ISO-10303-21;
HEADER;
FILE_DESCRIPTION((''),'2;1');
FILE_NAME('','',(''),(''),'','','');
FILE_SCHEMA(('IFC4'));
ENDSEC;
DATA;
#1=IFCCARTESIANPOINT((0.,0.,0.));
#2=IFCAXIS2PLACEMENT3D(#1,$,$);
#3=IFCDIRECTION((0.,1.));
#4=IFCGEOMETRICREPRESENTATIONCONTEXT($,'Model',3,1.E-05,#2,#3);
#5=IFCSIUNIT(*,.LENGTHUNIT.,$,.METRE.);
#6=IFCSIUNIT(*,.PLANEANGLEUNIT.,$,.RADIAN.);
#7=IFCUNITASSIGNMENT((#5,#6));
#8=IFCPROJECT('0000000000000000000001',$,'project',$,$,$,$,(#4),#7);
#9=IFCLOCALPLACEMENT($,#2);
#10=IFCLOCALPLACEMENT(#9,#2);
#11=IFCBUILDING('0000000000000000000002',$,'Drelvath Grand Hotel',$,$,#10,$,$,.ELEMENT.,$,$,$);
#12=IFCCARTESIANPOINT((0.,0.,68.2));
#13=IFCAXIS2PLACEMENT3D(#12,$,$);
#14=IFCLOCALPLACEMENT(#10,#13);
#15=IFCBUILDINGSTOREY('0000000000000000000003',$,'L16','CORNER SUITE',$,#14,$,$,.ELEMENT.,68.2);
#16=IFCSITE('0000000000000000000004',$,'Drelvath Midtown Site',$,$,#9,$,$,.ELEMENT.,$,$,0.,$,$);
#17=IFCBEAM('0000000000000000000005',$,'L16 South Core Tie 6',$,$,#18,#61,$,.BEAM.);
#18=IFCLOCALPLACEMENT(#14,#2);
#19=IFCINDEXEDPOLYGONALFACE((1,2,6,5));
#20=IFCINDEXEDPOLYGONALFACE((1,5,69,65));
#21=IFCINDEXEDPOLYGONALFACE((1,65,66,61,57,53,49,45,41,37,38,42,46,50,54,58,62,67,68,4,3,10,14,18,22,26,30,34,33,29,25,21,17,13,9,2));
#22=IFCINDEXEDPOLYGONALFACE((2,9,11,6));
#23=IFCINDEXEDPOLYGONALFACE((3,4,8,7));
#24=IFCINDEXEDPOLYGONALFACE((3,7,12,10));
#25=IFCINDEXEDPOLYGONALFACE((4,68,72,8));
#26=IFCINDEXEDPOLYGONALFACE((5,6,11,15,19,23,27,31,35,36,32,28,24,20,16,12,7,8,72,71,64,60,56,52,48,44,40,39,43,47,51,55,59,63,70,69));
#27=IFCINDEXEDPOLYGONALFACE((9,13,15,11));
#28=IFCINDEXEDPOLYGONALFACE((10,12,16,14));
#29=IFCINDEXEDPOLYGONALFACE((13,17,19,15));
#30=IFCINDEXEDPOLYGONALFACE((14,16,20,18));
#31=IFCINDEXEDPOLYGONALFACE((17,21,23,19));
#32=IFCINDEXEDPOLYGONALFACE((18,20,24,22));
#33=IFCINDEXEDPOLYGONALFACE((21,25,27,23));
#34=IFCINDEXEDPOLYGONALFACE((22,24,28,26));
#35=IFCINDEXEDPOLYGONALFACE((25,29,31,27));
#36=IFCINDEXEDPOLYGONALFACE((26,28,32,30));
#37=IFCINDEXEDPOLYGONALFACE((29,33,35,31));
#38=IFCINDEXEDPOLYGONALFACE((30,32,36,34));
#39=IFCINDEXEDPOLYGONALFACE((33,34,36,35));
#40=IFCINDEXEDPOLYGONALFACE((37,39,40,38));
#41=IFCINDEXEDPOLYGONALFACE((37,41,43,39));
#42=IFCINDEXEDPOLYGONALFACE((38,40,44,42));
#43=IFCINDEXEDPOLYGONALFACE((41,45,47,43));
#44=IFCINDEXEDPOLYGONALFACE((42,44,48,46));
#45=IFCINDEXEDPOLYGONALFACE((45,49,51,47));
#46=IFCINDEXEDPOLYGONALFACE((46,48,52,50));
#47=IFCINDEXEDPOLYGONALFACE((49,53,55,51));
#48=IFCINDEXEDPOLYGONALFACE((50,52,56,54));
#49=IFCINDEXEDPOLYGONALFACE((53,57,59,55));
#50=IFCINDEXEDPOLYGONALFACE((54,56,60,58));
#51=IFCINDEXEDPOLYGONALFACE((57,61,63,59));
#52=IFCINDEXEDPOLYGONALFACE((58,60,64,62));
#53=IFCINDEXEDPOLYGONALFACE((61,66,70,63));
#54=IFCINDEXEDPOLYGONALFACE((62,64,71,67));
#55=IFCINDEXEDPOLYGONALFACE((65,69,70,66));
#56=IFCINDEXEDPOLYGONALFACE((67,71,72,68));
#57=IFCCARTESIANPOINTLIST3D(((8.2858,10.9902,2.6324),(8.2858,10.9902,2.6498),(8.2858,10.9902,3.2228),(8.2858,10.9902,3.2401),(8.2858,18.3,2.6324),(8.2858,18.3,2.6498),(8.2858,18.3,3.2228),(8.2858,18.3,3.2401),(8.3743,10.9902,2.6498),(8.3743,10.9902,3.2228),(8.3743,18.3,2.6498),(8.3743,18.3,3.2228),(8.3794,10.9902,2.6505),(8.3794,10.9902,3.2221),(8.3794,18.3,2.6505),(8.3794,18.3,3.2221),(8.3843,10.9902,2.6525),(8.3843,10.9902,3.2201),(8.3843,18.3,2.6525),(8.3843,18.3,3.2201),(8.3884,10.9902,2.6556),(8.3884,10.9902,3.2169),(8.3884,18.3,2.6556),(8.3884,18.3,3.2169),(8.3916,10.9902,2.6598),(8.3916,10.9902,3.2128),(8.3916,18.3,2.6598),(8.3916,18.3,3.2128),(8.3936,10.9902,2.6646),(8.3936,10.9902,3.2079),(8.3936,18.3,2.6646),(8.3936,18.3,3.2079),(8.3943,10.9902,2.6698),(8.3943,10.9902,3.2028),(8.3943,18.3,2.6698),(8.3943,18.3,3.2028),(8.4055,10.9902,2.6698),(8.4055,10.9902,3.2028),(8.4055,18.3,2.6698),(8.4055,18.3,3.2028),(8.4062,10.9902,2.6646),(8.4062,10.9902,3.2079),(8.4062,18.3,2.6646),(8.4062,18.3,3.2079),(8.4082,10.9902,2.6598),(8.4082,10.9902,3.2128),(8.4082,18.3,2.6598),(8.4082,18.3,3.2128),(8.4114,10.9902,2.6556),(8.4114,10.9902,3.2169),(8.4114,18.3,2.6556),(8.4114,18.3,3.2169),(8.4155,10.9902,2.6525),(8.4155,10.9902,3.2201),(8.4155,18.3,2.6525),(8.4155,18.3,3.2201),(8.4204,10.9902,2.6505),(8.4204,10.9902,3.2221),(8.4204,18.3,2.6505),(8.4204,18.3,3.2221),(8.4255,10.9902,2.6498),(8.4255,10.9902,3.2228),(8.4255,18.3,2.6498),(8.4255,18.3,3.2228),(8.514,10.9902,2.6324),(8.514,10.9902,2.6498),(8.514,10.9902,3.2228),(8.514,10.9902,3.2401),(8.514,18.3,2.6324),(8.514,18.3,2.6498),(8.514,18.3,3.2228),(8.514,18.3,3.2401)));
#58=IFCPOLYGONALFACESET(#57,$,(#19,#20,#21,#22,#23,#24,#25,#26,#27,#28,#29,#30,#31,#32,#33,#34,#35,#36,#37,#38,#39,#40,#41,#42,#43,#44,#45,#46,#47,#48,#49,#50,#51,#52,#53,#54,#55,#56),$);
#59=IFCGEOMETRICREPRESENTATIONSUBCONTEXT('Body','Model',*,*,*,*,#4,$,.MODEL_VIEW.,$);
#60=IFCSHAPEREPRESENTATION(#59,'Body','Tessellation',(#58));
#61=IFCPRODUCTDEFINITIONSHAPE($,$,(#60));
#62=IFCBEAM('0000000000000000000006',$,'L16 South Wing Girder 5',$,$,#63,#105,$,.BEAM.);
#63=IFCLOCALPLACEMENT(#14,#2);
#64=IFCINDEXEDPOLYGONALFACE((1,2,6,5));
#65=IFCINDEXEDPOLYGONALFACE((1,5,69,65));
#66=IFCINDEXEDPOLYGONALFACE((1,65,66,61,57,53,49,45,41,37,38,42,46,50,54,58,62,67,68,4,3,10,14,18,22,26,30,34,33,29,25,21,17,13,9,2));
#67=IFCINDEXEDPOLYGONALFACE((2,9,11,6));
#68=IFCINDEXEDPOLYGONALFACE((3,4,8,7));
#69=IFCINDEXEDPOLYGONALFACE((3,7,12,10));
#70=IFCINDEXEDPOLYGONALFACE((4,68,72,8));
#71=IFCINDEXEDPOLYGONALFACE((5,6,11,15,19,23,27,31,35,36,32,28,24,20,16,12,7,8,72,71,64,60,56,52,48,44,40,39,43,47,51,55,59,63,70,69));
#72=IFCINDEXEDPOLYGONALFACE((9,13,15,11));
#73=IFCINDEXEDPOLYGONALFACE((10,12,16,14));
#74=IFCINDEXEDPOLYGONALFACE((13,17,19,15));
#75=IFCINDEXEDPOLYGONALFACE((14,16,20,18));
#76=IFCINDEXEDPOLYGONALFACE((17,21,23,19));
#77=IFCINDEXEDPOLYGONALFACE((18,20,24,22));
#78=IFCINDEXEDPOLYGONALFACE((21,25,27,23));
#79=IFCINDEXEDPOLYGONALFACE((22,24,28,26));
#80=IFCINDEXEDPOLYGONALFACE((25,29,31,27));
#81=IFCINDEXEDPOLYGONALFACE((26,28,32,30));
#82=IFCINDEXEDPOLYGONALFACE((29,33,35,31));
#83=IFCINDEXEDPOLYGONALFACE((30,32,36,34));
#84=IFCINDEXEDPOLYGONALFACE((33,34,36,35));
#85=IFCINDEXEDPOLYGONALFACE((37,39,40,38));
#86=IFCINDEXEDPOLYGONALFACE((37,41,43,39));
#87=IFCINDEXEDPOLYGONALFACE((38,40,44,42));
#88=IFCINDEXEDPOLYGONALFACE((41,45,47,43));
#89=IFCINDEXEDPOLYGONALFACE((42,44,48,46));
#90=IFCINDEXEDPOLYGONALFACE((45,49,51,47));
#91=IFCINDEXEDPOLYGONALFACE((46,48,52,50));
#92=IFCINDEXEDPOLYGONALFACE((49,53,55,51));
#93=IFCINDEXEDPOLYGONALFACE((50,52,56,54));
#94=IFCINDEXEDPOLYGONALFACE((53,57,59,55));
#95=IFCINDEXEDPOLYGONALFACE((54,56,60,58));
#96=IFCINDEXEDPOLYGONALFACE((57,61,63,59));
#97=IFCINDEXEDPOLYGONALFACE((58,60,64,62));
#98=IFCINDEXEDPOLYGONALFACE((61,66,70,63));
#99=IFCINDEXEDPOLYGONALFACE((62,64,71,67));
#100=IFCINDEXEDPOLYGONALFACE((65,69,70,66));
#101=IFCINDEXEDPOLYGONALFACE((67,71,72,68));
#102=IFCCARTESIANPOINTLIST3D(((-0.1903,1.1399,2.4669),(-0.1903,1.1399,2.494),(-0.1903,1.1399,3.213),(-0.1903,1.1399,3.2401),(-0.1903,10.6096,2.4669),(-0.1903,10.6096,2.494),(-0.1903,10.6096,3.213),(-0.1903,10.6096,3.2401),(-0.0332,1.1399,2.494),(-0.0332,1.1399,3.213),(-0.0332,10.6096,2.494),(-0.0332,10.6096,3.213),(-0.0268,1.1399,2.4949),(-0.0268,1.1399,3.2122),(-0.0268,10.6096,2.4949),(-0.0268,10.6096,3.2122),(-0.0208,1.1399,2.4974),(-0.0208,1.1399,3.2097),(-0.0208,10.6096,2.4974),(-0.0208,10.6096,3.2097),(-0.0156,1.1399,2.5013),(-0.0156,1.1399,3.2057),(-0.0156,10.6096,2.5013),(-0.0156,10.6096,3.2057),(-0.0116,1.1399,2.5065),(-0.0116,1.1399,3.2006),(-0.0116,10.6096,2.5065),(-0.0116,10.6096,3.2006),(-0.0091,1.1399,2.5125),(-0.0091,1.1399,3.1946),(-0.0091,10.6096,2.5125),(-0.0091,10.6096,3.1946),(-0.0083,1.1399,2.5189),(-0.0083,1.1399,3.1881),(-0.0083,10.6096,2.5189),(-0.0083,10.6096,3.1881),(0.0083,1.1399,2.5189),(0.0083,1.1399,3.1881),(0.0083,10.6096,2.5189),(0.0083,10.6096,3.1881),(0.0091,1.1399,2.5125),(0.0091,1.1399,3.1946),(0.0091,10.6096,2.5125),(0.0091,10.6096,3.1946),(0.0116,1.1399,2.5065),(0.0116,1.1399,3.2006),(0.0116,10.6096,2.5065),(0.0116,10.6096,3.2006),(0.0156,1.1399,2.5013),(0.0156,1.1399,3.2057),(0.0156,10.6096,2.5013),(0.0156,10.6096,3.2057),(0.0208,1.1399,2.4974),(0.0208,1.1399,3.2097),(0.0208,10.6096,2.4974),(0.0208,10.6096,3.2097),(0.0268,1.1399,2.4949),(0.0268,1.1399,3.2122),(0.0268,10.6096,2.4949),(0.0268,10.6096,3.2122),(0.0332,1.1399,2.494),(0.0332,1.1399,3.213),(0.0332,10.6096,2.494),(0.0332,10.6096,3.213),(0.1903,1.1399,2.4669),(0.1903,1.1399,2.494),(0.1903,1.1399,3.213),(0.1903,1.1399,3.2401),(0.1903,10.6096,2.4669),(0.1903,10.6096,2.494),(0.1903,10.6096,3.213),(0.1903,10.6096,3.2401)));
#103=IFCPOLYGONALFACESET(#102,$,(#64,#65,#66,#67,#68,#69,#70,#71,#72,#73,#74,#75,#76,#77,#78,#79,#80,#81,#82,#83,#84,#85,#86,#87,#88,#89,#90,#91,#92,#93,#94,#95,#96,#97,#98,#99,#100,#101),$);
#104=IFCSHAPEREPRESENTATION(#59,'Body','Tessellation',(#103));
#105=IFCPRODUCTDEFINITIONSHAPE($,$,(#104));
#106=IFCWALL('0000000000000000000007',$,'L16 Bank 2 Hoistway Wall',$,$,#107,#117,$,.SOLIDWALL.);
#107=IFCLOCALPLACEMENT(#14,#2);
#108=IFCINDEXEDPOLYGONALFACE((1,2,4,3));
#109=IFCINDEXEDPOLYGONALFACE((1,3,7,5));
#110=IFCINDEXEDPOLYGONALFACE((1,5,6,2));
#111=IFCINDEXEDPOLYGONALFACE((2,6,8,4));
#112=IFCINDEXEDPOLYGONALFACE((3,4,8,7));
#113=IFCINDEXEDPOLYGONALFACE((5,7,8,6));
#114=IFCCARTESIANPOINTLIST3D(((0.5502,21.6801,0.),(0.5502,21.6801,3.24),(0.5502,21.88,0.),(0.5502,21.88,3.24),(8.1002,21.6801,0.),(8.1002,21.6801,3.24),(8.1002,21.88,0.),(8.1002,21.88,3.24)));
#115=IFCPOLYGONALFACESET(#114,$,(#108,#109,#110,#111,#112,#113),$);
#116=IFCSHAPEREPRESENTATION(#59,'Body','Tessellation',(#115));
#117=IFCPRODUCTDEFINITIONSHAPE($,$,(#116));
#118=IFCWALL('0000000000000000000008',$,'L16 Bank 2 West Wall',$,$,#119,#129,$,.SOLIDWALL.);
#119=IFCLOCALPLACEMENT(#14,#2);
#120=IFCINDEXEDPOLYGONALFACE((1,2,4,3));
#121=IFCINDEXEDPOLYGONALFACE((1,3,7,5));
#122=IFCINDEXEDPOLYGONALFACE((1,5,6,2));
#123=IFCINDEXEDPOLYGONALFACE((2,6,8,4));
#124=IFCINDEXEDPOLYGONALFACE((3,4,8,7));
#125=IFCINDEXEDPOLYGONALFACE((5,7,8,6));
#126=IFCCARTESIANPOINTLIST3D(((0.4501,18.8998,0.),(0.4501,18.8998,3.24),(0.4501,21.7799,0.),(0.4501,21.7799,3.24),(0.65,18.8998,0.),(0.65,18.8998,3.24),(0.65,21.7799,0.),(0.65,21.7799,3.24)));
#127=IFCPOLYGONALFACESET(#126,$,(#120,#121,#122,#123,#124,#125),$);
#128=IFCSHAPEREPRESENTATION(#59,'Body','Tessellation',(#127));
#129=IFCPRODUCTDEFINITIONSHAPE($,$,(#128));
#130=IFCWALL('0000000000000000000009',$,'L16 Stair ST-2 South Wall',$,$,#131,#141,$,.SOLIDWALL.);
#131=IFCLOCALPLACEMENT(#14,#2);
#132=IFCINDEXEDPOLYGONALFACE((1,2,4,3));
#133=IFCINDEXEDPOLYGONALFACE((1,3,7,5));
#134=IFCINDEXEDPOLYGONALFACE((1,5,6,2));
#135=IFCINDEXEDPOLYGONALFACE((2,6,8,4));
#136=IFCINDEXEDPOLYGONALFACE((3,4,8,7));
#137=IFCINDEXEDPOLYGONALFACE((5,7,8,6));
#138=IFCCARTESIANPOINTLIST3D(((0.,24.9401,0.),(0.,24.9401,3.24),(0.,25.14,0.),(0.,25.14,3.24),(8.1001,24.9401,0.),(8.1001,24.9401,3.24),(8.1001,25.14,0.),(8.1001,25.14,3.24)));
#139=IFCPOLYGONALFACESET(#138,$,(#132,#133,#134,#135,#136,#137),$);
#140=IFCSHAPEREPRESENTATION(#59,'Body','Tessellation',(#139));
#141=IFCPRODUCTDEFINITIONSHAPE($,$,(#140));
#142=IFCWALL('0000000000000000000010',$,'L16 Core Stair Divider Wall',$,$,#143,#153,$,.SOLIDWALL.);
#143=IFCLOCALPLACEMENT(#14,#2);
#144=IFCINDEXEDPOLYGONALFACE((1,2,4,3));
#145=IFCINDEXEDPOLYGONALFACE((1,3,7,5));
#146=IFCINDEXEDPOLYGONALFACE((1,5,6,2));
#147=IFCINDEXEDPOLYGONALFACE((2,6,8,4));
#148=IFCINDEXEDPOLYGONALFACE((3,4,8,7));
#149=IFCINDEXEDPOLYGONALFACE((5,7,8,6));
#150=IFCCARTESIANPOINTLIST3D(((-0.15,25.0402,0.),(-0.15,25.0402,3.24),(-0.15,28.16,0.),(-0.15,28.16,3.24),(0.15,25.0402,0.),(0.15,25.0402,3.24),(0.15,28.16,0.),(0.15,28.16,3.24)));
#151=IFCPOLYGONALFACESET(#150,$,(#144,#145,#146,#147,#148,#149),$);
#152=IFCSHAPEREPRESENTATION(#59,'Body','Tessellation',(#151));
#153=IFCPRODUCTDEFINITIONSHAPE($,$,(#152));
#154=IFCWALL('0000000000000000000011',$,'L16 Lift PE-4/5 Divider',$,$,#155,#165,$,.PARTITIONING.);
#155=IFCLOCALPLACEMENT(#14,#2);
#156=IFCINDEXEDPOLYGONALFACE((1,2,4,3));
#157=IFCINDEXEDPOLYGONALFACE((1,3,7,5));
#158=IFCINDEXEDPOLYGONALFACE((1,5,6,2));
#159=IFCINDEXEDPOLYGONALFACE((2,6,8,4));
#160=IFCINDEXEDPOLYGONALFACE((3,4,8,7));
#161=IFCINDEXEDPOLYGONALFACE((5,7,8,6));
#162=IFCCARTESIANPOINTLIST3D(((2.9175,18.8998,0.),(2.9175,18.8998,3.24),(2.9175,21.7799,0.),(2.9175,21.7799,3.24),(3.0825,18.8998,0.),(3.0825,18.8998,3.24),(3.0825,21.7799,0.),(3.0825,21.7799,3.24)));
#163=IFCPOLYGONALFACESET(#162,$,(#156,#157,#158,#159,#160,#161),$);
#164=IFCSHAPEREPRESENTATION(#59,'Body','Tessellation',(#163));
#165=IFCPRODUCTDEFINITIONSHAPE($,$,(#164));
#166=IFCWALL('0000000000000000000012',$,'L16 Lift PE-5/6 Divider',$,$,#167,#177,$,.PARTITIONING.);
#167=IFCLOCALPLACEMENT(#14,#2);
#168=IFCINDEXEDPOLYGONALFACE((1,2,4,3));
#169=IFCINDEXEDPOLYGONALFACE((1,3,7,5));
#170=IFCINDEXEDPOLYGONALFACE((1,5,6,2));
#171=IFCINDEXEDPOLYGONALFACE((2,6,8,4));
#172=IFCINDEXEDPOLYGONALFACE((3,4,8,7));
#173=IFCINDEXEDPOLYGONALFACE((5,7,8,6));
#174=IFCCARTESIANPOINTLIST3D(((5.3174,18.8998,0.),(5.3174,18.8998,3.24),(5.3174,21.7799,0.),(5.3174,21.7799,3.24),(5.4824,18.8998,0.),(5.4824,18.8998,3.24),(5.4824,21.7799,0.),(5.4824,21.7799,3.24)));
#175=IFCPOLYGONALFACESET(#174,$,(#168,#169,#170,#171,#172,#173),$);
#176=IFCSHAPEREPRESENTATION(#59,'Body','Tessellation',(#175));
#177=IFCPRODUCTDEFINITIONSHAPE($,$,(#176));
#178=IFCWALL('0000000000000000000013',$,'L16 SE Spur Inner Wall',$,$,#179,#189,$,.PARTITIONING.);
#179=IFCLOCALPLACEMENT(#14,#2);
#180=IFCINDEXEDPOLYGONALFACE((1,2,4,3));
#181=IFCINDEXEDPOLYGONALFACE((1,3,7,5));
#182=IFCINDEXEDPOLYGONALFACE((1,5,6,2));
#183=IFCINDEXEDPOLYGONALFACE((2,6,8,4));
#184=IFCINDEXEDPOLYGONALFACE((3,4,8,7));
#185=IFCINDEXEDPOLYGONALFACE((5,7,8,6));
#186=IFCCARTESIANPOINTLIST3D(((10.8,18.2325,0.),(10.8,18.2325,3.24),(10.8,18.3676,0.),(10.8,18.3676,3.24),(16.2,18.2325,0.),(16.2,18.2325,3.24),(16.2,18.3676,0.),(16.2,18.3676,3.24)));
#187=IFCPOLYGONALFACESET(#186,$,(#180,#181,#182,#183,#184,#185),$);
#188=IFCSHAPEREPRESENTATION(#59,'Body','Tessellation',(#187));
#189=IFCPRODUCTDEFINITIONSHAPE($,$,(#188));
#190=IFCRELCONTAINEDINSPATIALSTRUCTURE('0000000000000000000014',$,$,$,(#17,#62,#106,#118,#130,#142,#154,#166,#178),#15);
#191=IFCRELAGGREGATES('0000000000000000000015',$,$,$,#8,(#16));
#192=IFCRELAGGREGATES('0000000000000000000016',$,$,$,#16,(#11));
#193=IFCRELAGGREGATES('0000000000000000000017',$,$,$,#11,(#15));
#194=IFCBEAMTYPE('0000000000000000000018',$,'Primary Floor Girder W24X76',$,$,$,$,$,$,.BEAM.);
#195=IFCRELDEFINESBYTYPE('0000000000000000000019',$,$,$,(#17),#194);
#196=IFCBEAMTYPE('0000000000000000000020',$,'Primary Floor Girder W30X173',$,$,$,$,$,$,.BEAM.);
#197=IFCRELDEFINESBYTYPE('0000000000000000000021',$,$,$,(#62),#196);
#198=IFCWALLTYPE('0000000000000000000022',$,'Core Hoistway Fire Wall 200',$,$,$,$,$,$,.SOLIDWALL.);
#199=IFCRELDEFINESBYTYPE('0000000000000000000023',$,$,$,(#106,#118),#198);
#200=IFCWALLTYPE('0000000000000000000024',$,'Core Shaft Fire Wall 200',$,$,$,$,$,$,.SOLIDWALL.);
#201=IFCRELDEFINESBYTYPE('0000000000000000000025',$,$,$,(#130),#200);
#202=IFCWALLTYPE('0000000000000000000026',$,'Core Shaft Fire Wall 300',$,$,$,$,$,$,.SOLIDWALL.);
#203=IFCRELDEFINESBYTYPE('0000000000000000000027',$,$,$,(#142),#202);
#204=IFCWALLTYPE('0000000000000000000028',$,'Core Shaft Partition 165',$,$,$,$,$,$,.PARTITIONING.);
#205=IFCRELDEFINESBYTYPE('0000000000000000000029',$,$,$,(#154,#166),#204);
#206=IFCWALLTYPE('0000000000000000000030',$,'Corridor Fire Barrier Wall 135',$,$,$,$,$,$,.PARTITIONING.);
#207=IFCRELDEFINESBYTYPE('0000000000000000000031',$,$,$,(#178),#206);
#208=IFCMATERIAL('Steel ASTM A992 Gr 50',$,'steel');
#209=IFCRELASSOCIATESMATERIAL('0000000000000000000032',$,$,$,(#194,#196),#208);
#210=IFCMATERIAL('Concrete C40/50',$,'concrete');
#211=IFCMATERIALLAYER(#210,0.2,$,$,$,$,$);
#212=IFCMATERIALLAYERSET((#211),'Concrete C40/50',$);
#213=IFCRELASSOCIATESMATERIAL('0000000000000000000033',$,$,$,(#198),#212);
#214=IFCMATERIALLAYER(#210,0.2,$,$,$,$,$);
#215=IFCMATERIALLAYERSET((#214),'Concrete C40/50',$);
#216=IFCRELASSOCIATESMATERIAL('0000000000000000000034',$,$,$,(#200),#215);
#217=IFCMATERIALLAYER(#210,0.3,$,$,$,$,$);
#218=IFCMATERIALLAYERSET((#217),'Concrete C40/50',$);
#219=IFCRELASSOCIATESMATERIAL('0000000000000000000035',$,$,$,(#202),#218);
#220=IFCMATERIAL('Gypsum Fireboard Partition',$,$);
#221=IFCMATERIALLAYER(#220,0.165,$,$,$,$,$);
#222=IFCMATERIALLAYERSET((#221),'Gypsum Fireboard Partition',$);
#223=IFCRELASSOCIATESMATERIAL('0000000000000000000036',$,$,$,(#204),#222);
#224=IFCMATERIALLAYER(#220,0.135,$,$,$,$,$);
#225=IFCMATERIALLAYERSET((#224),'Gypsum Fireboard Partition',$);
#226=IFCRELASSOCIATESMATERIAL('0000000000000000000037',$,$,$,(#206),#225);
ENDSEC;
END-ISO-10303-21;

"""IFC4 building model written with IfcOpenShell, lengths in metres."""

from ifc_helpers import new_model, si_unit, direction, frame, frame_2d, origin, origin_2d, place, context, subcontext, project, spatial, rectangle, i_section, extrude, material, layer, layer_set, material_profile, profile_set, type_object, element, save


model = new_model("IFC4")

# Units and contexts
model_context = context("Model", 3, precision=1e-05, world=origin(), true_north=direction((0.0, 1.0)))
body_context = subcontext(model_context, "Body", "Model", "MODEL_VIEW")
ifc_project = project(units=[si_unit("LENGTHUNIT", "METRE"), si_unit("PLANEANGLEUNIT", "RADIAN")], contexts=[model_context])

# Site, building, storey
site_placement = place(None, origin())
site = spatial("IfcSite", under=ifc_project, at=site_placement, Name="Drelvath Midtown Site", CompositionType="ELEMENT", RefElevation=0.0)
building_placement = place(site_placement, origin())
building = spatial("IfcBuilding", under=site, at=building_placement, Name="Drelvath Grand Hotel", CompositionType="ELEMENT")
storey_placement = place(building_placement, frame((0.0, 0.0, 68.2)))
storey = spatial("IfcBuildingStorey", under=building, at=storey_placement, Name="L16", Description="CORNER SUITE", CompositionType="ELEMENT", Elevation=68.2)

# Beams
ifc_material_1 = material(Name="Steel ASTM A992 Gr 50", Category="steel")
ifc_material_profile_1 = material_profile(ifc_material_1, i_section(OverallWidth=0.2283, OverallDepth=0.6077, WebThickness=0.0112, FlangeThickness=0.0173, FilletRadius=0.02, at=origin_2d()), Name="W24X76")
ifc_profile_set_1 = profile_set([ifc_material_profile_1], Name="Steel ASTM A992 Gr 50")
beam_type_1 = type_object("IfcBeamType", Name="Primary Floor Girder W24X76", PredefinedType="BEAM", material=ifc_profile_set_1)
for number, where, z_axis, x_axis, name in (
    (1, (8.3999, 10.9902, 2.9363), (0.0, 1.0, 0.0), (-1.0, 0.0, 0.0), "L16 South Core Tie 6"),
):
    element("IfcBeam", number, at=place(storey_placement, frame(where, z_axis=z_axis, x_axis=x_axis)), inside=storey, type_object=beam_type_1, Name=name, PredefinedType="BEAM", context=body_context, shape_type="SweptSolid", body=[
        extrude(i_section(OverallWidth=0.2283, OverallDepth=0.6077, WebThickness=0.0112, FlangeThickness=0.0173, FilletRadius=0.02, at=origin_2d()), origin(), (0.0, 0.0, 1.0), 7.3098),
    ])
ifc_material_profile_2 = material_profile(ifc_material_1, i_section(OverallWidth=0.3806, OverallDepth=0.7732, WebThickness=0.0166, FlangeThickness=0.0271, FilletRadius=0.0249, at=origin_2d()), Name="W30X173")
ifc_profile_set_2 = profile_set([ifc_material_profile_2], Name="Steel ASTM A992 Gr 50")
beam_type_2 = type_object("IfcBeamType", Name="Primary Floor Girder W30X173", PredefinedType="BEAM", material=ifc_profile_set_2)
beam_1_placement = place(storey_placement, frame((0.0, 1.1399, 2.8535), z_axis=(0.0, 1.0, 0.0), x_axis=(-1.0, 0.0, 0.0)))
element("IfcBeam", 2, at=beam_1_placement, inside=storey, type_object=beam_type_2, Name="L16 South Wing Girder 5", PredefinedType="BEAM", context=body_context, shape_type="SweptSolid", body=[
    extrude(i_section(OverallWidth=0.3806, OverallDepth=0.7732, WebThickness=0.0166, FlangeThickness=0.0271, FilletRadius=0.0249, at=origin_2d()), origin(), (0.0, 0.0, 1.0), 9.4697),
])

# Walls
ifc_material_2 = material(Name="Concrete C40/50", Category="concrete")
ifc_layer_1 = layer(ifc_material_2, 0.2)
ifc_layer_set_1 = layer_set([ifc_layer_1], Name="Concrete C40/50")
wall_type_1 = type_object("IfcWallType", Name="Core Hoistway Fire Wall 200", PredefinedType="SOLIDWALL", material=ifc_layer_set_1)
wall_1_placement = place(storey_placement, frame((8.1001, 21.78, 0.0), z_axis=(0.0, 0.0, 1.0), x_axis=(-1.0, 0.0, 0.0)))
element("IfcWall", 3, at=wall_1_placement, inside=storey, type_object=wall_type_1, Name="L16 Bank 2 Hoistway Wall", PredefinedType="SOLIDWALL", context=body_context, shape_type="SweptSolid", body=[
    extrude(rectangle(XDim=7.55, YDim=0.2, at=frame_2d((3.7749, 0.0))), origin(), (0.0, 0.0, 1.0), 3.24),
])
wall_2_placement = place(storey_placement, frame((0.55, 18.8999, 0.0), z_axis=(0.0, 0.0, 1.0), x_axis=(0.0, 1.0, 0.0)))
element("IfcWall", 4, at=wall_2_placement, inside=storey, type_object=wall_type_1, Name="L16 Bank 2 West Wall", PredefinedType="SOLIDWALL", context=body_context, shape_type="SweptSolid", body=[
    extrude(rectangle(XDim=2.8801, YDim=0.2, at=frame_2d((1.4399, 0.0))), origin(), (0.0, 0.0, 1.0), 3.24),
])
ifc_layer_2 = layer(ifc_material_2, 0.2)
ifc_layer_set_2 = layer_set([ifc_layer_2], Name="Concrete C40/50")
wall_type_2 = type_object("IfcWallType", Name="Core Shaft Fire Wall 200", PredefinedType="SOLIDWALL", material=ifc_layer_set_2)
wall_3_placement = place(storey_placement, frame((0.0, 25.04, 0.0), z_axis=(0.0, 0.0, 1.0), x_axis=(1.0, 0.0, 0.0)))
element("IfcWall", 5, at=wall_3_placement, inside=storey, type_object=wall_type_2, Name="L16 Stair ST-2 South Wall", PredefinedType="SOLIDWALL", context=body_context, shape_type="SweptSolid", body=[
    extrude(rectangle(XDim=8.1001, YDim=0.2, at=frame_2d((4.05, 0.0))), origin(), (0.0, 0.0, 1.0), 3.24),
])
ifc_layer_3 = layer(ifc_material_2, 0.3)
ifc_layer_set_3 = layer_set([ifc_layer_3], Name="Concrete C40/50")
wall_type_3 = type_object("IfcWallType", Name="Core Shaft Fire Wall 300", PredefinedType="SOLIDWALL", material=ifc_layer_set_3)
wall_4_placement = place(storey_placement, frame((0.0, 25.04, 0.0), z_axis=(0.0, 0.0, 1.0), x_axis=(0.0, 1.0, 0.0)))
element("IfcWall", 6, at=wall_4_placement, inside=storey, type_object=wall_type_3, Name="L16 Core Stair Divider Wall", PredefinedType="SOLIDWALL", context=body_context, shape_type="SweptSolid", body=[
    extrude(rectangle(XDim=3.1199, YDim=0.3, at=frame_2d((1.5601, 0.0))), origin(), (0.0, 0.0, 1.0), 3.24),
])
ifc_material_3 = material(Name="Gypsum Fireboard Partition")
ifc_layer_4 = layer(ifc_material_3, 0.165)
ifc_layer_set_4 = layer_set([ifc_layer_4], Name="Gypsum Fireboard Partition")
wall_type_4 = type_object("IfcWallType", Name="Core Shaft Partition 165", PredefinedType="PARTITIONING", material=ifc_layer_set_4)
for number, where, z_axis, x_axis, name in (
    (7, (3.0, 18.8999, 0.0), (0.0, 0.0, 1.0), (0.0, 1.0, 0.0), "L16 Lift PE-4/5 Divider"),
    (8, (5.3999, 18.8999, 0.0), (0.0, 0.0, 1.0), (0.0, 1.0, 0.0), "L16 Lift PE-5/6 Divider"),
):
    element("IfcWall", number, at=place(storey_placement, frame(where, z_axis=z_axis, x_axis=x_axis)), inside=storey, type_object=wall_type_4, Name=name, PredefinedType="PARTITIONING", context=body_context, shape_type="SweptSolid", body=[
        extrude(rectangle(XDim=2.8801, YDim=0.165, at=frame_2d((1.4399, 0.0))), origin(), (0.0, 0.0, 1.0), 3.24),
    ])
ifc_layer_5 = layer(ifc_material_3, 0.135)
ifc_layer_set_5 = layer_set([ifc_layer_5], Name="Gypsum Fireboard Partition")
wall_type_5 = type_object("IfcWallType", Name="Corridor Fire Barrier Wall 135", PredefinedType="PARTITIONING", material=ifc_layer_set_5)
wall_5_placement = place(storey_placement, frame((10.8, 18.3, 0.0), z_axis=(0.0, 0.0, 1.0), x_axis=(1.0, 0.0, 0.0)))
element("IfcWall", 9, at=wall_5_placement, inside=storey, type_object=wall_type_5, Name="L16 SE Spur Inner Wall", PredefinedType="PARTITIONING", context=body_context, shape_type="SweptSolid", body=[
    extrude(rectangle(XDim=5.3999, YDim=0.135, at=frame_2d((2.7, 0.0))), origin(), (0.0, 0.0, 1.0), 3.24),
])

save(model, "model.ifc")
